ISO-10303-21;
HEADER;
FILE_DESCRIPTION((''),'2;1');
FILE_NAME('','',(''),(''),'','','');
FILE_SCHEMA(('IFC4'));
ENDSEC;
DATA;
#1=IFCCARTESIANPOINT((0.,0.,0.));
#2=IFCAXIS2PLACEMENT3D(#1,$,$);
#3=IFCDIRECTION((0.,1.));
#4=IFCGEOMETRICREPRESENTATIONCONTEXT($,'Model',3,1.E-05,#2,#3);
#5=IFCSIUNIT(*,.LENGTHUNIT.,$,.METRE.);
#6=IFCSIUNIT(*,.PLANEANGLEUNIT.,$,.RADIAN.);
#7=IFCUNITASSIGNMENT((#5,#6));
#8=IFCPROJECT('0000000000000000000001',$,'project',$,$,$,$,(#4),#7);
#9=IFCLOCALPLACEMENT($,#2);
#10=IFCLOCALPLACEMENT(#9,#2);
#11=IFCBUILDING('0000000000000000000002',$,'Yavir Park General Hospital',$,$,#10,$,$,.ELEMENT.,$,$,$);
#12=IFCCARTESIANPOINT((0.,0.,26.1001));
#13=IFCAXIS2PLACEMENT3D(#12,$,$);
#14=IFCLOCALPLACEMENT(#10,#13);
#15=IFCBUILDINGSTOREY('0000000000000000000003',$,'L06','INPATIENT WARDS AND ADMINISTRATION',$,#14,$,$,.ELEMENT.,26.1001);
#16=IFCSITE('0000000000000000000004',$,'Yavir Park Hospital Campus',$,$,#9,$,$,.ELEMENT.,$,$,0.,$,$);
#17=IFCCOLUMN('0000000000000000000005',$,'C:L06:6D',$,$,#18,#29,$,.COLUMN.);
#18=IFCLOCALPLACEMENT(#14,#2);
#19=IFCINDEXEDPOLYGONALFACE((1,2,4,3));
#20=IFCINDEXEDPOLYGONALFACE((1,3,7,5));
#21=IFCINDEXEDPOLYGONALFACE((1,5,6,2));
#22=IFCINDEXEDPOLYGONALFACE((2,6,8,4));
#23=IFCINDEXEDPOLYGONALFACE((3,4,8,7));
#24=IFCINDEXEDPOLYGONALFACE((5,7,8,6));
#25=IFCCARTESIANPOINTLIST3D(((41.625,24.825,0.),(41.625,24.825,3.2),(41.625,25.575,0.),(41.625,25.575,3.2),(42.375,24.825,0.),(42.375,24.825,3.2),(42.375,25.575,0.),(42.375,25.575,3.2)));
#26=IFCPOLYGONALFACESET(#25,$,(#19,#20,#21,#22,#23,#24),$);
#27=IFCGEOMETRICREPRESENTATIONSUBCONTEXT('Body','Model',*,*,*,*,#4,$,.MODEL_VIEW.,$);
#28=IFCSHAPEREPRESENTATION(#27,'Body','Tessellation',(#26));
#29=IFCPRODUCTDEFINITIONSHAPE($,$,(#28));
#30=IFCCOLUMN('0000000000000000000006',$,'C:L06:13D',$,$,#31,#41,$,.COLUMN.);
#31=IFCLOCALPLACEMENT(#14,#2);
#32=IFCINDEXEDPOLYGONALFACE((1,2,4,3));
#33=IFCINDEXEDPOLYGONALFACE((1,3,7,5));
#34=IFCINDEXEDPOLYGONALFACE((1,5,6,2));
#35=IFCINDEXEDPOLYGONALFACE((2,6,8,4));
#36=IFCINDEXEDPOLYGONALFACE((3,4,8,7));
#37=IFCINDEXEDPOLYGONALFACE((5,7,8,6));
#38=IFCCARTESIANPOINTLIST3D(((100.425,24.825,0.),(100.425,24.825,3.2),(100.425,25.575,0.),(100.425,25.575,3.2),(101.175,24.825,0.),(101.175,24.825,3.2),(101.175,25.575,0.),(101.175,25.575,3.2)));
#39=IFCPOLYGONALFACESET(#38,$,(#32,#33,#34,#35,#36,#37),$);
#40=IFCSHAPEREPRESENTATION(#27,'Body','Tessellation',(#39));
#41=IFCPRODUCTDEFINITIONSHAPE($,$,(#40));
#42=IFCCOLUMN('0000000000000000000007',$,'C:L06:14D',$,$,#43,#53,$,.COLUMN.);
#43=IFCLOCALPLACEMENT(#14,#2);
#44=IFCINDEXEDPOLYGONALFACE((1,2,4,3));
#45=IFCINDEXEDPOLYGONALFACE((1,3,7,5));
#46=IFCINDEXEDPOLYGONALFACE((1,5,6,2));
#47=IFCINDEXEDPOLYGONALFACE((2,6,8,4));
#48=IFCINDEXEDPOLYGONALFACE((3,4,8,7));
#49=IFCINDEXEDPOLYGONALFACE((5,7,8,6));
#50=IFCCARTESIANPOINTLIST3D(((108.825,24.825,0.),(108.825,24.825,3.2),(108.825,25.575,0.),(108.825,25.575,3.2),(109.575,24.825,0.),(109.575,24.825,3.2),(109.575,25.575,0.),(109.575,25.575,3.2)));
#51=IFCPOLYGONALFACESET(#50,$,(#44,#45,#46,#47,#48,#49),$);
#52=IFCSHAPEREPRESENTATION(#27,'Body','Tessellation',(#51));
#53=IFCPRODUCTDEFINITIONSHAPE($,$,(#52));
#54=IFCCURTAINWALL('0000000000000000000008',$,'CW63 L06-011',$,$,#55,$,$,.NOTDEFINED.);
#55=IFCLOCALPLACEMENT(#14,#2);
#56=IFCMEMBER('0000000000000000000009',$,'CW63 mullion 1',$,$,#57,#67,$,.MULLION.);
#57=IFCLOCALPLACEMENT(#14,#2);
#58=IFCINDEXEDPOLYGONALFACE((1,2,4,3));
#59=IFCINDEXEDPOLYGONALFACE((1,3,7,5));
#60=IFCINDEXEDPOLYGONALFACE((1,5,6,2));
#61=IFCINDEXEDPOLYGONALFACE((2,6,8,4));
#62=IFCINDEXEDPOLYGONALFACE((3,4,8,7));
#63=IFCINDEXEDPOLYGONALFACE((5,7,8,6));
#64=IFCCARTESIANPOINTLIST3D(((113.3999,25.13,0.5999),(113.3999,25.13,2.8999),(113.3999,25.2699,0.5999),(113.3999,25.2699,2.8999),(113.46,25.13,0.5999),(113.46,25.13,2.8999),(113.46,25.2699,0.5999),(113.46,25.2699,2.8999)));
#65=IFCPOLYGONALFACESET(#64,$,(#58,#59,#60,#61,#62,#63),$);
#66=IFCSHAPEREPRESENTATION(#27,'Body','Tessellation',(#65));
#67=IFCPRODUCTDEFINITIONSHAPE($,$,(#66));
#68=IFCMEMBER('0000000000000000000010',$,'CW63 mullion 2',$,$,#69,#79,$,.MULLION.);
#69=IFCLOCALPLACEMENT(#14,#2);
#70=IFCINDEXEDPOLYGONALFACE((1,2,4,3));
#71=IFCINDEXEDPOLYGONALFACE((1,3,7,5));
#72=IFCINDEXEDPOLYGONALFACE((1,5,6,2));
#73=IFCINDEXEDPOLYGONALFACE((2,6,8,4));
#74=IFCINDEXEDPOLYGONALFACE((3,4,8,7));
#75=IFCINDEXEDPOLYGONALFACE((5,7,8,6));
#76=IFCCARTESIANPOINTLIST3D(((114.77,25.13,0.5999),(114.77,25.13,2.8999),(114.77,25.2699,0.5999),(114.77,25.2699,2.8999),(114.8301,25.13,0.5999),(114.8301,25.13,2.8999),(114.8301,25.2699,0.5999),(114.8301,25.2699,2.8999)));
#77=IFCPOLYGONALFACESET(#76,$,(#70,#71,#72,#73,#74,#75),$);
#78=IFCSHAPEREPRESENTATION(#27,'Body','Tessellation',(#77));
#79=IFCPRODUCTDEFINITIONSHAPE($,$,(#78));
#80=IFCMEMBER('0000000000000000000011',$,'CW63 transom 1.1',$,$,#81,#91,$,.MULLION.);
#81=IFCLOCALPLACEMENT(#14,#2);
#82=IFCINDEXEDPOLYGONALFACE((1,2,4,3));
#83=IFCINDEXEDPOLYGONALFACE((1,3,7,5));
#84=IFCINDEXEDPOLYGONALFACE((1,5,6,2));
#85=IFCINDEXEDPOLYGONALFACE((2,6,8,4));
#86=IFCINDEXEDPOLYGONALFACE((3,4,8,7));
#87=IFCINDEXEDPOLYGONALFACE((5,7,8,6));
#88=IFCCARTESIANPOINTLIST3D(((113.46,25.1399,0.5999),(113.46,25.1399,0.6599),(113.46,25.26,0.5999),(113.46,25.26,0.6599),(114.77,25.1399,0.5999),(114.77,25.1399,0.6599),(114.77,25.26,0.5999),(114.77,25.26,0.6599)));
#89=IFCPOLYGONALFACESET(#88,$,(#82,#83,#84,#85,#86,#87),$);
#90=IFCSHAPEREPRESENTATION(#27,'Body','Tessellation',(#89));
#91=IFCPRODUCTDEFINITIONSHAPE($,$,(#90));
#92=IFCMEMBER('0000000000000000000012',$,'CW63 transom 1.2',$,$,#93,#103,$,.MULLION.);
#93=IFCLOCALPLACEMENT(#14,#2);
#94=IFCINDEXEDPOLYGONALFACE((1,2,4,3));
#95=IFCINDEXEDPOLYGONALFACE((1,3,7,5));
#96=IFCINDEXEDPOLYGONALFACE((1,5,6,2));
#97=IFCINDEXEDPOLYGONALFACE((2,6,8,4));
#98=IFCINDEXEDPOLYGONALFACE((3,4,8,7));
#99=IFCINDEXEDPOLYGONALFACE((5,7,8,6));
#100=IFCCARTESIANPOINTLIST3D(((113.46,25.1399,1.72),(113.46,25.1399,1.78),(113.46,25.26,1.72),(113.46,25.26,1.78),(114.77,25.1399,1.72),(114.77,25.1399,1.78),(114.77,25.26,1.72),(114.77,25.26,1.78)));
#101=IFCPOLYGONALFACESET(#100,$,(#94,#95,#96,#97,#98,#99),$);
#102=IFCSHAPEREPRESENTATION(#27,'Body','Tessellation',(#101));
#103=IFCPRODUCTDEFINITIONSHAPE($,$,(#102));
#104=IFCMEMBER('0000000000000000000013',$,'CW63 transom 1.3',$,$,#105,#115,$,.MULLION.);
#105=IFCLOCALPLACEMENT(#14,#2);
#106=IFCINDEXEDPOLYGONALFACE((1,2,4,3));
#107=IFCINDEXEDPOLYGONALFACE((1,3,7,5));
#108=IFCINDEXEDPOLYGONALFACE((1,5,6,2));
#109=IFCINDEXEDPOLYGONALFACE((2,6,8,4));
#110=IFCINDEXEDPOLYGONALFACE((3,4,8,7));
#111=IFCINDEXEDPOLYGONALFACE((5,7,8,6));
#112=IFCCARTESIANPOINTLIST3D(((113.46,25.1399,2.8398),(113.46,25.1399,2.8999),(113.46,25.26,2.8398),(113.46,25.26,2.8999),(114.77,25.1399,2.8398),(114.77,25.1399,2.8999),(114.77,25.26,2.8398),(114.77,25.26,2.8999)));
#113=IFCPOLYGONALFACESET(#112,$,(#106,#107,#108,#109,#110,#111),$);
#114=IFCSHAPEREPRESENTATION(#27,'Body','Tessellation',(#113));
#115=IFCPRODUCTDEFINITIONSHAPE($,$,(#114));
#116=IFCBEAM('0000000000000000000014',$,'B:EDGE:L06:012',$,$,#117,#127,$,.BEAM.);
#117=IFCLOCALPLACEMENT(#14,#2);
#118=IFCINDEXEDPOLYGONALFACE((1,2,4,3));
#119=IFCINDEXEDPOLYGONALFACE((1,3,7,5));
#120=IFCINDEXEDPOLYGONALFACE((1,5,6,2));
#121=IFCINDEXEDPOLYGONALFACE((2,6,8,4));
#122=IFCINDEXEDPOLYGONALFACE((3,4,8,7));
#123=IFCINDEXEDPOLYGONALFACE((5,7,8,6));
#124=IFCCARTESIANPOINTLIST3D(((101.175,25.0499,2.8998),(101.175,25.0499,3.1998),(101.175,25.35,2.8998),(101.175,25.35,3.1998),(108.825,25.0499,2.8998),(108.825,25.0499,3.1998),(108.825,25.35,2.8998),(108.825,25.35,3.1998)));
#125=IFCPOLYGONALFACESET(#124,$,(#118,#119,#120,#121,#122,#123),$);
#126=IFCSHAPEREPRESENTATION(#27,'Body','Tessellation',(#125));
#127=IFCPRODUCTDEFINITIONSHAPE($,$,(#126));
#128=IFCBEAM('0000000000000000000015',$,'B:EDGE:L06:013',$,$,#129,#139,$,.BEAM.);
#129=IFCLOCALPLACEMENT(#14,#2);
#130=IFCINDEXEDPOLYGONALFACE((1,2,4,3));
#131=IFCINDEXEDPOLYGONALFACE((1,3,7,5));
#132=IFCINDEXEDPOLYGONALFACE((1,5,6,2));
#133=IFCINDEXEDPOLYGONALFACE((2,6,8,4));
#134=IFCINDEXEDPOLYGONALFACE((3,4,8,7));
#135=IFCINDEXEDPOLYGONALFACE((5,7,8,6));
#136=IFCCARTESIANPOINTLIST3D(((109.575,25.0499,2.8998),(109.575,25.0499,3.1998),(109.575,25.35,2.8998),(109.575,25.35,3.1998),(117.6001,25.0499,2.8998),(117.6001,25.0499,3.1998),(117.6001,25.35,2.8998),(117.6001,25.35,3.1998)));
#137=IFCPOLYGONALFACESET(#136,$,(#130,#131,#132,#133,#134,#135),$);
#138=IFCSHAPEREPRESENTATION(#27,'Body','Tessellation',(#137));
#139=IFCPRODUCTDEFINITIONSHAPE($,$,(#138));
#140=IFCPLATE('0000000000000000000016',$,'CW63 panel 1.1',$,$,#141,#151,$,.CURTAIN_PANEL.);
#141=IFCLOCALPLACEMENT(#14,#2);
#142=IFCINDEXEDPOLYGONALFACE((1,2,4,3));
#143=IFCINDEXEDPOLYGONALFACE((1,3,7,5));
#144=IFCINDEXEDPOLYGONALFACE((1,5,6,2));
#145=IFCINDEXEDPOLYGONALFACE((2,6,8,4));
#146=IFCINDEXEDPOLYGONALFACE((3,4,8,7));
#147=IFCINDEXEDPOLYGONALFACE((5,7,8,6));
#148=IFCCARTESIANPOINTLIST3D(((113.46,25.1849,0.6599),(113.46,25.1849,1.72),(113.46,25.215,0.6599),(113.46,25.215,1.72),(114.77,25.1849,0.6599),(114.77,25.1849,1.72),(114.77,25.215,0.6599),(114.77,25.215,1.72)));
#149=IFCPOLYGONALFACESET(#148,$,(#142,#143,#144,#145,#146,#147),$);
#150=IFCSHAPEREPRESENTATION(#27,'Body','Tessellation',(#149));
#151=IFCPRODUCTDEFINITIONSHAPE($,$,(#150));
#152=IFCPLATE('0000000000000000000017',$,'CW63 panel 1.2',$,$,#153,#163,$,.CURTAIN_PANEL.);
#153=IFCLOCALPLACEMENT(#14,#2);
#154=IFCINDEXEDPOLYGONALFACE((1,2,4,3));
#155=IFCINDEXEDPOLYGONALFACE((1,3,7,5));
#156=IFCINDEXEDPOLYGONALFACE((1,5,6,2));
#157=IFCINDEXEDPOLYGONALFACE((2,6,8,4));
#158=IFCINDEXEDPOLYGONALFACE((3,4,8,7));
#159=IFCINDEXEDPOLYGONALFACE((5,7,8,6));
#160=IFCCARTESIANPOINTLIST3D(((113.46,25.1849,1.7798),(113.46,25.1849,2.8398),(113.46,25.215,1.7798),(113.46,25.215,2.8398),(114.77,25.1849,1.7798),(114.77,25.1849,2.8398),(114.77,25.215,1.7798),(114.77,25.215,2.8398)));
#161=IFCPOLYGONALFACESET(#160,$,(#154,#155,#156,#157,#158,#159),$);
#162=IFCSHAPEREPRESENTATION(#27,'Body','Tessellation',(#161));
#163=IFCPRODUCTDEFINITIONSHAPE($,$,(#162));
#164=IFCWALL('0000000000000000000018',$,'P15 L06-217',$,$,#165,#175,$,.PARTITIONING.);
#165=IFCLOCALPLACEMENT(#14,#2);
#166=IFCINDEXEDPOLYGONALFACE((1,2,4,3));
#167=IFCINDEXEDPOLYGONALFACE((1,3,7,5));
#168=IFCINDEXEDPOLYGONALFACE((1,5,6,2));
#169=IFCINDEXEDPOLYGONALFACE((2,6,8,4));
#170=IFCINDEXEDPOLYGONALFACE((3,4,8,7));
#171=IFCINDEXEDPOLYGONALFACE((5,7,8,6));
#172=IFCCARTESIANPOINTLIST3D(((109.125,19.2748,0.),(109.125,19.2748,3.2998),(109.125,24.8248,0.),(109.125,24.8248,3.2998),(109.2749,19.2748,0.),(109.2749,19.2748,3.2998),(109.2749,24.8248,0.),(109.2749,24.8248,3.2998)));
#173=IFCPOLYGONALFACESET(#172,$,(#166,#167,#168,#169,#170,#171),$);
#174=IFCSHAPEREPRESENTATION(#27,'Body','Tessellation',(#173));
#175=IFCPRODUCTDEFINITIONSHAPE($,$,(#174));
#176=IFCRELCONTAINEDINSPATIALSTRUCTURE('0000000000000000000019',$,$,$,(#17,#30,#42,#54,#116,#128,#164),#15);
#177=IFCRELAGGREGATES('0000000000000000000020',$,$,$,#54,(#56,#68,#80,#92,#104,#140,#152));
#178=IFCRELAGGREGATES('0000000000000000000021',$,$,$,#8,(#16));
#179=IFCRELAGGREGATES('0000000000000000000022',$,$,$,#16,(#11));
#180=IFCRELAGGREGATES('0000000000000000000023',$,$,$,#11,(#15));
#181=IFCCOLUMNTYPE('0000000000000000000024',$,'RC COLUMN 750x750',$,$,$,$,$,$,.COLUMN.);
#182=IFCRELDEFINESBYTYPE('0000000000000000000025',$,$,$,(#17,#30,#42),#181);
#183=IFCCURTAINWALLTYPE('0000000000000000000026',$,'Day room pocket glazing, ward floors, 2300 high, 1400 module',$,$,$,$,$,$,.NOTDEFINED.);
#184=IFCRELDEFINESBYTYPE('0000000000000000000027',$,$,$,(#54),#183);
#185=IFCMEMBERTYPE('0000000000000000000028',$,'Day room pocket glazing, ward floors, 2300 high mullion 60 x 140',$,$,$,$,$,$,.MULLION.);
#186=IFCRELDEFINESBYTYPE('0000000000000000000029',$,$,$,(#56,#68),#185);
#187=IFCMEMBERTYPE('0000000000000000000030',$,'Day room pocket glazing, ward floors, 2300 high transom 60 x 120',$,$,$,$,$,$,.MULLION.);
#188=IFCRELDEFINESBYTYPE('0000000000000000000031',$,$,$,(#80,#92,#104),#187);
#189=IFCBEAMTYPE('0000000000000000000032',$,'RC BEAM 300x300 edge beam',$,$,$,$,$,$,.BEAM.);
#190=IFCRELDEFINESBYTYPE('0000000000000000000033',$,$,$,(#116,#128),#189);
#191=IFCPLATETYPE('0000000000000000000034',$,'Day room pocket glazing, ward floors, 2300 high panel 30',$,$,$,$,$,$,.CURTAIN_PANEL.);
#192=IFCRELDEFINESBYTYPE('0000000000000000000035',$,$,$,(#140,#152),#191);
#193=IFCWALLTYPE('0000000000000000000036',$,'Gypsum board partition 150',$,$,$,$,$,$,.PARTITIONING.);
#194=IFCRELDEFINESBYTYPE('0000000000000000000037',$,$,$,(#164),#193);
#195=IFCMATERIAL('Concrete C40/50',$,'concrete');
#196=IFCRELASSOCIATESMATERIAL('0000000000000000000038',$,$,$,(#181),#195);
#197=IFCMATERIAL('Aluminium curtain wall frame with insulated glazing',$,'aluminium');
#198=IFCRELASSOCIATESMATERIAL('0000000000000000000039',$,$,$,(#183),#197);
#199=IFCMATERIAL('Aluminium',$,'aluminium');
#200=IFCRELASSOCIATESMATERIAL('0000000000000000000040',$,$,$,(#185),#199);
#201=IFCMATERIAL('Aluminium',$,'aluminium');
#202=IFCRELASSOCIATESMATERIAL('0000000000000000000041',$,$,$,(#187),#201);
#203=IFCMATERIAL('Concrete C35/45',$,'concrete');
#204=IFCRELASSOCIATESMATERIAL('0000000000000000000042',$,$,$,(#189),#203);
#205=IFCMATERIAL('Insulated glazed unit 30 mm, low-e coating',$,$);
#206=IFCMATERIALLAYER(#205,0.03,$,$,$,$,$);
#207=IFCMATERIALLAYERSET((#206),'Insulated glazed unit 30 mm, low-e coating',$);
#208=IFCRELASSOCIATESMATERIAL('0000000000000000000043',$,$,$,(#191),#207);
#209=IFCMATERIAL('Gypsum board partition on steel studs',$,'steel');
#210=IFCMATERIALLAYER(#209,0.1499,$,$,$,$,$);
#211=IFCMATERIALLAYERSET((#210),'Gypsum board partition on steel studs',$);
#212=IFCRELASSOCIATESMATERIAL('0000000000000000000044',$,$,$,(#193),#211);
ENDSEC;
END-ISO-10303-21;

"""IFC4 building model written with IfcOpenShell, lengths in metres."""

from ifc_helpers import new_model, si_unit, direction, frame, frame_2d, origin, origin_2d, place, context, subcontext, project, spatial, rectangle, extrude, material, layer, layer_set, material_profile, profile_set, type_object, element, aggregate, save


model = new_model("IFC4")

# Units and contexts
model_context = context("Model", 3, precision=1e-05, world=origin(), true_north=direction((0.0, 1.0)))
body_context = subcontext(model_context, "Body", "Model", "MODEL_VIEW")
ifc_project = project(units=[si_unit("LENGTHUNIT", "METRE"), si_unit("PLANEANGLEUNIT", "RADIAN")], contexts=[model_context])

# Site, building, storey
site_placement = place(None, origin())
site = spatial("IfcSite", under=ifc_project, at=site_placement, Name="Yavir Park Hospital Campus", CompositionType="ELEMENT", RefElevation=0.0)
building_placement = place(site_placement, origin())
building = spatial("IfcBuilding", under=site, at=building_placement, Name="Yavir Park General Hospital", CompositionType="ELEMENT")
storey_placement = place(building_placement, frame((0.0, 0.0, 26.1001)))
storey = spatial("IfcBuildingStorey", under=building, at=storey_placement, Name="L06", Description="INPATIENT WARDS AND ADMINISTRATION", CompositionType="ELEMENT", Elevation=26.1001)

# Columns
ifc_material_1 = material(Name="Concrete C40/50", Category="concrete")
ifc_material_profile_1 = material_profile(ifc_material_1, rectangle(XDim=0.75, YDim=0.75, at=origin_2d()), Name="RC750x750")
ifc_profile_set_1 = profile_set([ifc_material_profile_1], Name="Concrete C40/50")
column_type = type_object("IfcColumnType", Name="RC COLUMN 750x750", PredefinedType="COLUMN", material=ifc_profile_set_1)
for number, where, z_axis, x_axis, name in (
    (1, (42.0, 25.2, 0.0), (0.0, 0.0, 1.0), (1.0, 0.0, 0.0), "C:L06:6D"),
    (2, (100.8, 25.2, 0.0), (0.0, 0.0, 1.0), (1.0, 0.0, 0.0), "C:L06:13D"),
    (3, (109.2, 25.2, 0.0), (0.0, 0.0, 1.0), (1.0, 0.0, 0.0), "C:L06:14D"),
):
    element("IfcColumn", number, at=place(storey_placement, frame(where, z_axis=z_axis, x_axis=x_axis)), inside=storey, type_object=column_type, Name=name, PredefinedType="COLUMN", context=body_context, shape_type="SweptSolid", body=[
        extrude(rectangle(XDim=0.75, YDim=0.75, at=origin_2d()), origin(), (0.0, 0.0, 1.0), 3.2),
    ])

# Curtain wall, members
ifc_material_2 = material(Name="Aluminium curtain wall frame with insulated glazing", Category="aluminium")
curtain_wall_type = type_object("IfcCurtainWallType", Name="Day room pocket glazing, ward floors, 2300 high, 1400 module", PredefinedType="NOTDEFINED", material=ifc_material_2)
curtain_wall_placement = place(storey_placement, origin())
curtain_wall = element("IfcCurtainWall", 4, at=curtain_wall_placement, inside=storey, type_object=curtain_wall_type, Name="CW63 L06-011", PredefinedType="NOTDEFINED")
ifc_material_3 = material(Name="Aluminium", Category="aluminium")
ifc_material_profile_2 = material_profile(ifc_material_3, rectangle(XDim=0.1399, YDim=0.0601, at=origin_2d()), Name="AL 60x140")
ifc_profile_set_2 = profile_set([ifc_material_profile_2], Name="Aluminium")
member_type_1 = type_object("IfcMemberType", Name="Day room pocket glazing, ward floors, 2300 high mullion 60 x 140", PredefinedType="MULLION", material=ifc_profile_set_2)
member_1_placement = place(storey_placement, frame((113.4299, 25.2, 0.5999), z_axis=(0.0, 0.0, 1.0), x_axis=(0.0, 1.0, 0.0)))
member_1 = element("IfcMember", 5, at=member_1_placement, type_object=member_type_1, Name="CW63 mullion 1", PredefinedType="MULLION", context=body_context, shape_type="SweptSolid", body=[
    extrude(rectangle(XDim=0.1399, YDim=0.0601, at=origin_2d()), origin(), (0.0, 0.0, 1.0), 2.3),
])
member_2_placement = place(storey_placement, frame((114.8, 25.2, 0.5999), z_axis=(0.0, 0.0, 1.0), x_axis=(0.0, 1.0, 0.0)))
member_2 = element("IfcMember", 6, at=member_2_placement, type_object=member_type_1, Name="CW63 mullion 2", PredefinedType="MULLION", context=body_context, shape_type="SweptSolid", body=[
    extrude(rectangle(XDim=0.1399, YDim=0.0601, at=origin_2d()), origin(), (0.0, 0.0, 1.0), 2.3),
])
ifc_material_4 = material(Name="Aluminium", Category="aluminium")
ifc_material_profile_3 = material_profile(ifc_material_4, rectangle(XDim=0.1201, YDim=0.0601, at=origin_2d()), Name="AL 120x60")
ifc_profile_set_3 = profile_set([ifc_material_profile_3], Name="Aluminium")
member_type_2 = type_object("IfcMemberType", Name="Day room pocket glazing, ward floors, 2300 high transom 60 x 120", PredefinedType="MULLION", material=ifc_profile_set_3)
member_3_placement = place(storey_placement, frame((113.46, 25.2, 0.6299), z_axis=(1.0, 0.0, 0.0), x_axis=(0.0, 1.0, 0.0)))
member_3 = element("IfcMember", 7, at=member_3_placement, type_object=member_type_2, Name="CW63 transom 1.1", PredefinedType="MULLION", context=body_context, shape_type="SweptSolid", body=[
    extrude(rectangle(XDim=0.1201, YDim=0.0601, at=origin_2d()), origin(), (0.0, 0.0, 1.0), 1.3101),
])
member_4_placement = place(storey_placement, frame((113.46, 25.2, 1.75), z_axis=(1.0, 0.0, 0.0), x_axis=(0.0, 1.0, 0.0)))
member_4 = element("IfcMember", 8, at=member_4_placement, type_object=member_type_2, Name="CW63 transom 1.2", PredefinedType="MULLION", context=body_context, shape_type="SweptSolid", body=[
    extrude(rectangle(XDim=0.1201, YDim=0.0601, at=origin_2d()), origin(), (0.0, 0.0, 1.0), 1.3101),
])
member_5_placement = place(storey_placement, frame((113.46, 25.2, 2.8699), z_axis=(1.0, 0.0, 0.0), x_axis=(0.0, 1.0, 0.0)))
member_5 = element("IfcMember", 9, at=member_5_placement, type_object=member_type_2, Name="CW63 transom 1.3", PredefinedType="MULLION", context=body_context, shape_type="SweptSolid", body=[
    extrude(rectangle(XDim=0.1201, YDim=0.0601, at=origin_2d()), origin(), (0.0, 0.0, 1.0), 1.3101),
])

# Beams
ifc_material_5 = material(Name="Concrete C35/45", Category="concrete")
ifc_material_profile_4 = material_profile(ifc_material_5, rectangle(XDim=0.3, YDim=0.3, at=origin_2d()), Name="RC300x300")
ifc_profile_set_4 = profile_set([ifc_material_profile_4], Name="Concrete C35/45")
beam_type = type_object("IfcBeamType", Name="RC BEAM 300x300 edge beam", PredefinedType="BEAM", material=ifc_profile_set_4)
beam_1_placement = place(storey_placement, frame((101.175, 25.2, 3.0498), z_axis=(1.0, 0.0, 0.0), x_axis=(0.0, 1.0, 0.0)))
element("IfcBeam", 10, at=beam_1_placement, inside=storey, type_object=beam_type, Name="B:EDGE:L06:012", PredefinedType="BEAM", context=body_context, shape_type="SweptSolid", body=[
    extrude(rectangle(XDim=0.3, YDim=0.3, at=origin_2d()), origin(), (0.0, 0.0, 1.0), 7.6499),
])
beam_2_placement = place(storey_placement, frame((109.575, 25.2, 3.0498), z_axis=(1.0, 0.0, 0.0), x_axis=(0.0, 1.0, 0.0)))
element("IfcBeam", 11, at=beam_2_placement, inside=storey, type_object=beam_type, Name="B:EDGE:L06:013", PredefinedType="BEAM", context=body_context, shape_type="SweptSolid", body=[
    extrude(rectangle(XDim=0.3, YDim=0.3, at=origin_2d()), origin(), (0.0, 0.0, 1.0), 8.0251),
])

# Plates
ifc_material_6 = material(Name="Insulated glazed unit 30 mm, low-e coating")
ifc_layer_1 = layer(ifc_material_6, 0.03)
ifc_layer_set_1 = layer_set([ifc_layer_1], Name="Insulated glazed unit 30 mm, low-e coating")
plate_type = type_object("IfcPlateType", Name="Day room pocket glazing, ward floors, 2300 high panel 30", PredefinedType="CURTAIN_PANEL", material=ifc_layer_set_1)
plate_1_placement = place(storey_placement, frame((114.115, 25.2, 0.6599), z_axis=(0.0, 0.0, 1.0), x_axis=(1.0, 0.0, 0.0)))
plate_1 = element("IfcPlate", 12, at=plate_1_placement, type_object=plate_type, Name="CW63 panel 1.1", PredefinedType="CURTAIN_PANEL", context=body_context, shape_type="SweptSolid", body=[
    extrude(rectangle(XDim=1.3101, YDim=0.03, at=origin_2d()), origin(), (0.0, 0.0, 1.0), 1.0601),
])
plate_2_placement = place(storey_placement, frame((114.115, 25.2, 1.7798), z_axis=(0.0, 0.0, 1.0), x_axis=(1.0, 0.0, 0.0)))
plate_2 = element("IfcPlate", 13, at=plate_2_placement, type_object=plate_type, Name="CW63 panel 1.2", PredefinedType="CURTAIN_PANEL", context=body_context, shape_type="SweptSolid", body=[
    extrude(rectangle(XDim=1.3101, YDim=0.03, at=origin_2d()), origin(), (0.0, 0.0, 1.0), 1.0601),
])
aggregate(curtain_wall, [member_1, member_2, member_3, member_4, member_5, plate_1, plate_2])

# Wall
ifc_material_7 = material(Name="Gypsum board partition on steel studs", Category="steel")
ifc_layer_2 = layer(ifc_material_7, 0.1499)
ifc_layer_set_2 = layer_set([ifc_layer_2], Name="Gypsum board partition on steel studs")
wall_type_1 = type_object("IfcWallType", Name="Gypsum board partition 150", PredefinedType="PARTITIONING", material=ifc_layer_set_2)
wall_1_placement = place(storey_placement, frame((109.2, 19.2749, 0.0), z_axis=(0.0, 0.0, 1.0), x_axis=(0.0, 1.0, 0.0)))
element("IfcWall", 14, at=wall_1_placement, inside=storey, type_object=wall_type_1, Name="P15 L06-217", PredefinedType="PARTITIONING", context=body_context, shape_type="SweptSolid", body=[
    extrude(rectangle(XDim=5.55, YDim=0.1499, at=frame_2d((2.7749, 0.0))), origin(), (0.0, 0.0, 1.0), 3.2998),
])

save(model, "model.ifc")
